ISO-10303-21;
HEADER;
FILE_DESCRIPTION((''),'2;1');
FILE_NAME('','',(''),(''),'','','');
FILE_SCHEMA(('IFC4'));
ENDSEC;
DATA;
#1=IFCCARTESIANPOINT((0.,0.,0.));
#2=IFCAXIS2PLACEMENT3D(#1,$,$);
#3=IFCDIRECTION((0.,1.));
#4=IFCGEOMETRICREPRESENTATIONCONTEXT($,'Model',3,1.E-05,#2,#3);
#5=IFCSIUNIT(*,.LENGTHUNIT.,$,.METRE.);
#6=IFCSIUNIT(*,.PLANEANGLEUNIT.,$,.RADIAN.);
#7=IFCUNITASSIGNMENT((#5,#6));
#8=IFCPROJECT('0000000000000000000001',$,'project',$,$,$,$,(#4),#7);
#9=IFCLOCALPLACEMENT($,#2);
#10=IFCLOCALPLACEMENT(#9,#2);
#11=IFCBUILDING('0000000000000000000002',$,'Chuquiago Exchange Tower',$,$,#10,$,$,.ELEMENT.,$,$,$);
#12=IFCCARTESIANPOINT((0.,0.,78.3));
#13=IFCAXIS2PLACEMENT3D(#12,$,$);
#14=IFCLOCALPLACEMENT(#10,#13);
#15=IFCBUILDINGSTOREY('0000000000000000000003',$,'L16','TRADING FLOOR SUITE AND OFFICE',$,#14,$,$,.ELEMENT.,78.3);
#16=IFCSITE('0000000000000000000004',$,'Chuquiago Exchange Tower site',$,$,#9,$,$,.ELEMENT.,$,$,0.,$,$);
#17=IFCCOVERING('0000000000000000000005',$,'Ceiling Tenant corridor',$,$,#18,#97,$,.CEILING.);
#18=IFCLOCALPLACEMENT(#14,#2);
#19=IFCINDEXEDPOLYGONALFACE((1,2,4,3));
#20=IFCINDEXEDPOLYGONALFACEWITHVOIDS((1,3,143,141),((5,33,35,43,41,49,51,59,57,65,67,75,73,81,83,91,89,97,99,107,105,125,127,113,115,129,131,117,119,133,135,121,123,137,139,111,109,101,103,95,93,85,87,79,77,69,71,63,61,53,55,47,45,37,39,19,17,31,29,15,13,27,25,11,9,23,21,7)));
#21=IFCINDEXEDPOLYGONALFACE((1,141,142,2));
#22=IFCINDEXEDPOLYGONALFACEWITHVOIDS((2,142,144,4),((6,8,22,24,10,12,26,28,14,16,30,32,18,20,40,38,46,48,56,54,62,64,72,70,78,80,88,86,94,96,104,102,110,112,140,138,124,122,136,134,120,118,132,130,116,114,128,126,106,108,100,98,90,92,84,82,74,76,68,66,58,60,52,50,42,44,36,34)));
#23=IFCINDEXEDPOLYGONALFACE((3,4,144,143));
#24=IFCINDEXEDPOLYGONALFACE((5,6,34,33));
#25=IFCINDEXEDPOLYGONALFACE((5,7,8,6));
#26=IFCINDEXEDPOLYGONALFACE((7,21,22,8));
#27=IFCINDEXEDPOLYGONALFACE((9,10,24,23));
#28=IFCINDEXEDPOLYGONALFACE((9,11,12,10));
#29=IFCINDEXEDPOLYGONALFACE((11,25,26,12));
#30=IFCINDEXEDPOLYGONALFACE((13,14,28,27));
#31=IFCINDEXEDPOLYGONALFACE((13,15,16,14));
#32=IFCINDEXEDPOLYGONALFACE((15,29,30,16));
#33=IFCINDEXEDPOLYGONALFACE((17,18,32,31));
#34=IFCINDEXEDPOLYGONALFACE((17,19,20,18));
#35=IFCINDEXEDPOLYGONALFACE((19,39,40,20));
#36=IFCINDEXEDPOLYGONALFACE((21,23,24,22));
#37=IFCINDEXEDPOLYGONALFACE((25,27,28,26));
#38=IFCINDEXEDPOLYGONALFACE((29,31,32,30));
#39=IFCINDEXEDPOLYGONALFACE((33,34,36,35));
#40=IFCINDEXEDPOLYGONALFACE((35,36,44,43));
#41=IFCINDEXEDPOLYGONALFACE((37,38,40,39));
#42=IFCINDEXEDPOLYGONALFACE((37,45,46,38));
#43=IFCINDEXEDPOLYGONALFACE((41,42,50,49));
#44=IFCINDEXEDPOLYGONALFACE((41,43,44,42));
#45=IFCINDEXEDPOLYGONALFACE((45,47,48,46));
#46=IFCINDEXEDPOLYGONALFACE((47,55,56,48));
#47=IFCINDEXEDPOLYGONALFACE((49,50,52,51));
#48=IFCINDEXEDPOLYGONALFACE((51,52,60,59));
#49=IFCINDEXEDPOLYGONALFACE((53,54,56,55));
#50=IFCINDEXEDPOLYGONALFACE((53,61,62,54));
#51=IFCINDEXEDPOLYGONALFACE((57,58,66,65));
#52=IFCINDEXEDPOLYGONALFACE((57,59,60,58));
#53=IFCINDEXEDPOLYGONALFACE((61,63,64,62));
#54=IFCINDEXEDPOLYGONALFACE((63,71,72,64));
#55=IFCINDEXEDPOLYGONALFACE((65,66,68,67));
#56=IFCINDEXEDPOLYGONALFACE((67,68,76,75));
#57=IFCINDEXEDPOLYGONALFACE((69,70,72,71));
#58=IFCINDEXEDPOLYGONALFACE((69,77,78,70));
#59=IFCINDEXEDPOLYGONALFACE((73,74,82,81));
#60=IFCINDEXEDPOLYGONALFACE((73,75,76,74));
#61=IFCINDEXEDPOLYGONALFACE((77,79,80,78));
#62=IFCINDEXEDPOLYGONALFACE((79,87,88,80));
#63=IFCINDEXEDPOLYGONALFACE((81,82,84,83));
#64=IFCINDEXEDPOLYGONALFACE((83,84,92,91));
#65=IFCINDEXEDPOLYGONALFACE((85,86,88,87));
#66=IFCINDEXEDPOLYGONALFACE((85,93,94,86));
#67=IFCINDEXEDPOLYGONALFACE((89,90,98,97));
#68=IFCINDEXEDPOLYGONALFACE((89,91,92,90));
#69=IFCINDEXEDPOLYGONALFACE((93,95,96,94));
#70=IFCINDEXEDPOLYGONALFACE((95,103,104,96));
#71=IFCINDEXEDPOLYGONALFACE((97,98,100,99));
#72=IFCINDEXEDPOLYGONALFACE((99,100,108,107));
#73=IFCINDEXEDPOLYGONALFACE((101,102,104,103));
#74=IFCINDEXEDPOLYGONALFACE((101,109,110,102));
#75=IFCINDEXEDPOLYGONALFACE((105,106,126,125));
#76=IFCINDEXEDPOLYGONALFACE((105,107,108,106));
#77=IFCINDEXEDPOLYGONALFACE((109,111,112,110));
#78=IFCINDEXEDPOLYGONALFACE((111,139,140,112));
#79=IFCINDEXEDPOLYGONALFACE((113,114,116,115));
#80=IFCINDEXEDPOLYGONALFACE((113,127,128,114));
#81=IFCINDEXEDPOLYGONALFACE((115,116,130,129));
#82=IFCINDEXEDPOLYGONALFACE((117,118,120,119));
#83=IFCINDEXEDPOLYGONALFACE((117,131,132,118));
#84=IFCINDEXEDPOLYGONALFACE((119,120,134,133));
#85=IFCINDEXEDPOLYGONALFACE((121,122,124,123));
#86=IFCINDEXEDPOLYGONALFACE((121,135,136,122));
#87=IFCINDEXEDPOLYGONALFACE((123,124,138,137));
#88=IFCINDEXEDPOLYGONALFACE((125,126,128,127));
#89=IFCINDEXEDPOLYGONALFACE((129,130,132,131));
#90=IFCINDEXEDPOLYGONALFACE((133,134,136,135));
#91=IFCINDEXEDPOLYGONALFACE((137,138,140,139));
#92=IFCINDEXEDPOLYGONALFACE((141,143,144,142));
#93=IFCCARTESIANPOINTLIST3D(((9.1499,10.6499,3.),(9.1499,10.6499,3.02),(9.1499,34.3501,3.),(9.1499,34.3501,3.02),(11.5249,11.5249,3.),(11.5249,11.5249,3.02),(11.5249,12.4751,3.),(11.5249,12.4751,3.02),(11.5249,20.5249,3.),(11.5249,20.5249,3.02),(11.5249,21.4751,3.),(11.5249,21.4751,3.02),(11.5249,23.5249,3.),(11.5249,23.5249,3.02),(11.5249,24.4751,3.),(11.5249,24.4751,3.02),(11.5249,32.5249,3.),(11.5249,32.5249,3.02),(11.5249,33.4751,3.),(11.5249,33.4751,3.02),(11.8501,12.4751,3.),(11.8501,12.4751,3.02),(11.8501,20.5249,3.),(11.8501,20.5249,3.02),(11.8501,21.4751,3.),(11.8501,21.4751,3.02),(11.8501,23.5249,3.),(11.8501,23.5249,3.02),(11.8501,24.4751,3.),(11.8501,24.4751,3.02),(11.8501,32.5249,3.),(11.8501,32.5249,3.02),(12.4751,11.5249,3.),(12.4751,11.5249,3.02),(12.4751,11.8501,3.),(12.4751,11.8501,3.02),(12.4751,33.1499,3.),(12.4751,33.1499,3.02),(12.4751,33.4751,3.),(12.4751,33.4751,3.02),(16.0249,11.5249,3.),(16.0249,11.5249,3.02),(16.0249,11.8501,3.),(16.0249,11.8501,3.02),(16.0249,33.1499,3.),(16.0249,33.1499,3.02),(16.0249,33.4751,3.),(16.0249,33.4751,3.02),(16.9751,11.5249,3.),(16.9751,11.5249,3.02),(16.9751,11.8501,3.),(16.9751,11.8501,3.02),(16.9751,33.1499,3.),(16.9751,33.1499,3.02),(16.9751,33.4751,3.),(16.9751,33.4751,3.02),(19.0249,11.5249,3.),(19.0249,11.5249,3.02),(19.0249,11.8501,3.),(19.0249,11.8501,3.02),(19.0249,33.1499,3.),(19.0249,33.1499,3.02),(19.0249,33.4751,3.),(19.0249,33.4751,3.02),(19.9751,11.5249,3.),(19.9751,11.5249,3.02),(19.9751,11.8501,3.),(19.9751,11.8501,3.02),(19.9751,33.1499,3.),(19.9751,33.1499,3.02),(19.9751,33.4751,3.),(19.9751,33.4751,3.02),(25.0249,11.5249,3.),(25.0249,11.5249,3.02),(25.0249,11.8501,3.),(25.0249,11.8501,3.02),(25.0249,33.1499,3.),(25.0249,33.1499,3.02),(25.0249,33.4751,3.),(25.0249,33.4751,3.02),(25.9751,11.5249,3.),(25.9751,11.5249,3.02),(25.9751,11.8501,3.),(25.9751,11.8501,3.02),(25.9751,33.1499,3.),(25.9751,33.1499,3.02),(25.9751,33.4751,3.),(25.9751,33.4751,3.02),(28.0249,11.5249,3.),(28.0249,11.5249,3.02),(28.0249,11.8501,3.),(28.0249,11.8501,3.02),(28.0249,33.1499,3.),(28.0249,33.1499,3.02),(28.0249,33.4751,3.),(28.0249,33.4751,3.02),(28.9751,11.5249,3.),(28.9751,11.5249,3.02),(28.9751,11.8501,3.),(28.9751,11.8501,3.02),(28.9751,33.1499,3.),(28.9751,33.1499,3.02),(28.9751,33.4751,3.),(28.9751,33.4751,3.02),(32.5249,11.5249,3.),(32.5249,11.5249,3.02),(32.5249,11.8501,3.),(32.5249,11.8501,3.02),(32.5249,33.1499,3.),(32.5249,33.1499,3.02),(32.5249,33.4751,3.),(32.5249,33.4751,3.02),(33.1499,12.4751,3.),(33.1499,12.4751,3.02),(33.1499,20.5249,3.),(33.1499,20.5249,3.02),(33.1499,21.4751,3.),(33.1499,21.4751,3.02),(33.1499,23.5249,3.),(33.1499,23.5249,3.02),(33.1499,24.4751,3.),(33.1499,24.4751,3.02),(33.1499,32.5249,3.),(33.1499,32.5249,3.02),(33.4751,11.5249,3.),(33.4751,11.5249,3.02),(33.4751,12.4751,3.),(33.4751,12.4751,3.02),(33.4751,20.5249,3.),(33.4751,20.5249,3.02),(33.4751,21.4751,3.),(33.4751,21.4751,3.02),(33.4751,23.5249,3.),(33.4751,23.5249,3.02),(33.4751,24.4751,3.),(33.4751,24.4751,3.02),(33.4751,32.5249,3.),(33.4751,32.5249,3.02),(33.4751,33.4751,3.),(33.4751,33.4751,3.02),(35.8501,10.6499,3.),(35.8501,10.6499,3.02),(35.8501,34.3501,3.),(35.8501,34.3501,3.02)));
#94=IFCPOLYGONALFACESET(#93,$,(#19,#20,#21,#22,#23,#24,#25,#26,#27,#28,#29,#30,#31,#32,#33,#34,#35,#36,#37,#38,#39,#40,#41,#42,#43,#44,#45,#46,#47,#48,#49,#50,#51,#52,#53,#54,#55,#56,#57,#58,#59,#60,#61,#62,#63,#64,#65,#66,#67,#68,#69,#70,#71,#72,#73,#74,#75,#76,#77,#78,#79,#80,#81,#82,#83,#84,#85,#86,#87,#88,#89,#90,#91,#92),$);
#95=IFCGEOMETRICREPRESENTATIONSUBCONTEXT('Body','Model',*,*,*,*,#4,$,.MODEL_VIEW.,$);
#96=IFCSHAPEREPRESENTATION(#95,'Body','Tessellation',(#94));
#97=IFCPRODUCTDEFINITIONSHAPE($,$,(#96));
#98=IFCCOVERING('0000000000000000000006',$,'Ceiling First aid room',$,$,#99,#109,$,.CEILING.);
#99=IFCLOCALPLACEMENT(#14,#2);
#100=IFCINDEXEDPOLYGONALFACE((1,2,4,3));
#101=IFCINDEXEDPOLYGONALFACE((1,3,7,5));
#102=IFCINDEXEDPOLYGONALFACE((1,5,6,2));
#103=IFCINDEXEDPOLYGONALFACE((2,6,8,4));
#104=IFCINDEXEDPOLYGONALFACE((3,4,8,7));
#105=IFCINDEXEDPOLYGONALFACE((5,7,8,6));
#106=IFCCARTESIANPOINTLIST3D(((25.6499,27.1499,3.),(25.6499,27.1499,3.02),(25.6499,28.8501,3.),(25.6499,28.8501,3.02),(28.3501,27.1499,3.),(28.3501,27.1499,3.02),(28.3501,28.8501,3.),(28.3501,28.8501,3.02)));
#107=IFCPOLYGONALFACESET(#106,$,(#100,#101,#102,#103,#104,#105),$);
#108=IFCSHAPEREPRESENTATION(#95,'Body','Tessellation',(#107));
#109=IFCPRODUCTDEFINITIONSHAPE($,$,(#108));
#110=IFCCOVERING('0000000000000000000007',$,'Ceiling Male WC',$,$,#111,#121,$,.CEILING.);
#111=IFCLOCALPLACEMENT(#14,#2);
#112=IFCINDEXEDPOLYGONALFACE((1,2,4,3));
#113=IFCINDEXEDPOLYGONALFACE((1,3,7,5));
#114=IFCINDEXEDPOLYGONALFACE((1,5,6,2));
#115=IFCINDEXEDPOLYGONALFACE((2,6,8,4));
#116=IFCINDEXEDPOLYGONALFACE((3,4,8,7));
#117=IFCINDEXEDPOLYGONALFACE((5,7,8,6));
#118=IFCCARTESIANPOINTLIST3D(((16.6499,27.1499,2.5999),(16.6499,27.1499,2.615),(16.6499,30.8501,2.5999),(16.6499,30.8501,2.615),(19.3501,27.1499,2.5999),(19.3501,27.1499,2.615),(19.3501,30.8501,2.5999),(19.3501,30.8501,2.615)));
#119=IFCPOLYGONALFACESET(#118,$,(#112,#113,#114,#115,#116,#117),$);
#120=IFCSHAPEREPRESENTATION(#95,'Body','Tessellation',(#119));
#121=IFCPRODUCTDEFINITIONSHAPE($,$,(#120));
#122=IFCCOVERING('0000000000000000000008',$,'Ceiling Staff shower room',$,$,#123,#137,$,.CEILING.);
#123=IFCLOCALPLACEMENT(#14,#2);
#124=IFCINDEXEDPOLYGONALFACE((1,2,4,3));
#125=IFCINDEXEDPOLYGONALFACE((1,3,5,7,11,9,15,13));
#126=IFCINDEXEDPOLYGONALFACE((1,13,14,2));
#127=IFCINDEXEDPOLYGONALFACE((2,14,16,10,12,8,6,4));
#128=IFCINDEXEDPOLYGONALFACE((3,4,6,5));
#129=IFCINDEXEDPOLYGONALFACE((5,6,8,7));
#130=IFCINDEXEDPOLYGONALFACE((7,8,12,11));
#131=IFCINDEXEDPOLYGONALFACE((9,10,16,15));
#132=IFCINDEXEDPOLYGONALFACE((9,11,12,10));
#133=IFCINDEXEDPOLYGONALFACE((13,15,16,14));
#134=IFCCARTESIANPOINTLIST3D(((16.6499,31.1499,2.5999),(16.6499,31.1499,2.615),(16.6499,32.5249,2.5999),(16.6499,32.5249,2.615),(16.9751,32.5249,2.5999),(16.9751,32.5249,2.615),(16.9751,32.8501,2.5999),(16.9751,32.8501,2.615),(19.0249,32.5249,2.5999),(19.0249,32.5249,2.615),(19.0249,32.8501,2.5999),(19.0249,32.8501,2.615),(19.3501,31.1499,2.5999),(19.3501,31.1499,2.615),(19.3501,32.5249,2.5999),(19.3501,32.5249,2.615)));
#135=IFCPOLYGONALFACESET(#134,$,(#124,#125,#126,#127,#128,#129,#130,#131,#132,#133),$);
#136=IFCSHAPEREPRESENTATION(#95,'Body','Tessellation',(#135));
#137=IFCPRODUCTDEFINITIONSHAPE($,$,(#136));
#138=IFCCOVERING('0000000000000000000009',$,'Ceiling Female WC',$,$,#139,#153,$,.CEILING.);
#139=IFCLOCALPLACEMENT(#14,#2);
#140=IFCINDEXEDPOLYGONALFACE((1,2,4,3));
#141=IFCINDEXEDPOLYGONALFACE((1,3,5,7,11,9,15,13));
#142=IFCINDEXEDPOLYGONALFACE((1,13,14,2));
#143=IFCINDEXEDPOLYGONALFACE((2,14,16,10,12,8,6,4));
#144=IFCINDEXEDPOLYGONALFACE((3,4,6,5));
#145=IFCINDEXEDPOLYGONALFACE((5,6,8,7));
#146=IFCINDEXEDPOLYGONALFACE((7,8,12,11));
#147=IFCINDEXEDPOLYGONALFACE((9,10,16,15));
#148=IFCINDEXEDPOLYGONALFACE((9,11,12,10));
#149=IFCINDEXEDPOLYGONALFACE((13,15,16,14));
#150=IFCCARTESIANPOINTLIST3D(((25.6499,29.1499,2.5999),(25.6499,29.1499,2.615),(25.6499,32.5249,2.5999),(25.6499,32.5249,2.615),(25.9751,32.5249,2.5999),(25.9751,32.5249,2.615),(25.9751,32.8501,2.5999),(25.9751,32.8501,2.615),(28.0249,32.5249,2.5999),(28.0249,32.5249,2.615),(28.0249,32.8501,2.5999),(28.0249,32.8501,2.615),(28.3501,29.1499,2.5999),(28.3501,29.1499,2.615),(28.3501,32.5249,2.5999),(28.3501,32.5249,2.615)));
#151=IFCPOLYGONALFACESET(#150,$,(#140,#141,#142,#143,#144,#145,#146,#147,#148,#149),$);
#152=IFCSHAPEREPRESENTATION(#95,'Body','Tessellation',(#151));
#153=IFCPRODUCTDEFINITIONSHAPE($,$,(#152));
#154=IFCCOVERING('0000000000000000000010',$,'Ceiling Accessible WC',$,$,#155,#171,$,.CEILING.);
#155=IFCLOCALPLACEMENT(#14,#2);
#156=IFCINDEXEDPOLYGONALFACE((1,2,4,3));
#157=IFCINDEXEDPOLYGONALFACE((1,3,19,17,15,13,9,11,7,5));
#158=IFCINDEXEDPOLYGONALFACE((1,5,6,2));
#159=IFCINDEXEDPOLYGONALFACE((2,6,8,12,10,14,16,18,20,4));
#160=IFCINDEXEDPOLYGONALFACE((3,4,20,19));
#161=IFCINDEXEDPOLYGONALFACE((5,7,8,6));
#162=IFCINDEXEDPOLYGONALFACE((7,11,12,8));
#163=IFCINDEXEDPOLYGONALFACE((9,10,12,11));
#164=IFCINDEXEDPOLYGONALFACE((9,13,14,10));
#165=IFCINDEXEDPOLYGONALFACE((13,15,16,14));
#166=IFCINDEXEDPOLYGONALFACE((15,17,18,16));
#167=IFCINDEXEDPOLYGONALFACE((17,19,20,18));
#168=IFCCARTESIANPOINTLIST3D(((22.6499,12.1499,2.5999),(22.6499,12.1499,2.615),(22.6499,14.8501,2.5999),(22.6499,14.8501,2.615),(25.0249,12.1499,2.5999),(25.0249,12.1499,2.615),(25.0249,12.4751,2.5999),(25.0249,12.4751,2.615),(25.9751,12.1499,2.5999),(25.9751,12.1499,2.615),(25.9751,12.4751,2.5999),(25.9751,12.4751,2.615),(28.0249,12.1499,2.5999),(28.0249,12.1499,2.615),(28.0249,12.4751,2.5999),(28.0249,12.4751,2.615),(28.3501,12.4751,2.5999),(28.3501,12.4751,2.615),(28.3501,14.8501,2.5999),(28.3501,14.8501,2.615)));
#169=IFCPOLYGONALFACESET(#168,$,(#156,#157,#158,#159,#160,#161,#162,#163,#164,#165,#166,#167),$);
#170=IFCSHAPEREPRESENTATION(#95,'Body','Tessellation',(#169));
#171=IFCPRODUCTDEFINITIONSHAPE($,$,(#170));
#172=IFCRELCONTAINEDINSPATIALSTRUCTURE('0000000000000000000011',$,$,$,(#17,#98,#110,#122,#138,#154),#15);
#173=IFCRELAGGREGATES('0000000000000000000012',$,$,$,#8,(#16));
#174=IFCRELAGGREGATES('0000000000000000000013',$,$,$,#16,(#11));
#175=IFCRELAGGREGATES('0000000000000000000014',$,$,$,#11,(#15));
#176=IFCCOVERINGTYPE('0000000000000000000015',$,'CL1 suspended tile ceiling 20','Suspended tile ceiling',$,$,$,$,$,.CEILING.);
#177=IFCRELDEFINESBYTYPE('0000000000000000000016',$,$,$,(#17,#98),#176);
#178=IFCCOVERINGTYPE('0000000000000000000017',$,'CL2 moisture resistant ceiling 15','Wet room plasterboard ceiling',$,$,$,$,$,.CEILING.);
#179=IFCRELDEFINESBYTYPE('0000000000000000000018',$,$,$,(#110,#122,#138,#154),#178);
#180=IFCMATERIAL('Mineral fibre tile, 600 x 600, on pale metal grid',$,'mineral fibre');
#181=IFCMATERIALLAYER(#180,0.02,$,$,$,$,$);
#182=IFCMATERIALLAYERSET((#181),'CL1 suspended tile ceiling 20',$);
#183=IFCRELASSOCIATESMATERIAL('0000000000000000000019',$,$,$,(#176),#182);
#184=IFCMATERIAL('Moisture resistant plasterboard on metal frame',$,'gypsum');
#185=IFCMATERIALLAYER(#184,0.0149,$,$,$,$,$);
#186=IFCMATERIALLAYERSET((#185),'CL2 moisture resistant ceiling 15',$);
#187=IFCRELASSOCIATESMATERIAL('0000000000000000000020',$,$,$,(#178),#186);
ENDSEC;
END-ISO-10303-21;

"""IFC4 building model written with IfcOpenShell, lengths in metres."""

from ifc_helpers import new_model, si_unit, direction, frame, origin, place, context, subcontext, project, spatial, polyline, outline, extrude, material, layer, layer_set, type_object, element, save


model = new_model("IFC4")

# Units and contexts
model_context = context("Model", 3, precision=1e-05, world=origin(), true_north=direction((0.0, 1.0)))
body_context = subcontext(model_context, "Body", "Model", "MODEL_VIEW")
ifc_project = project(units=[si_unit("LENGTHUNIT", "METRE"), si_unit("PLANEANGLEUNIT", "RADIAN")], contexts=[model_context])

# Site, building, storey
site_placement = place(None, origin())
site = spatial("IfcSite", under=ifc_project, at=site_placement, Name="Chuquiago Exchange Tower site", CompositionType="ELEMENT", RefElevation=0.0)
building_placement = place(site_placement, origin())
building = spatial("IfcBuilding", under=site, at=building_placement, Name="Chuquiago Exchange Tower", CompositionType="ELEMENT")
storey_placement = place(building_placement, frame((0.0, 0.0, 78.3)))
storey = spatial("IfcBuildingStorey", under=building, at=storey_placement, Name="L16", Description="TRADING FLOOR SUITE AND OFFICE", CompositionType="ELEMENT", Elevation=78.3)

# Coverings
ifc_material_1 = material(Name="Mineral fibre tile, 600 x 600, on pale metal grid", Category="mineral fibre")
ifc_layer_1 = layer(ifc_material_1, 0.02)
ifc_layer_set_1 = layer_set([ifc_layer_1], Name="CL1 suspended tile ceiling 20")
covering_type_1 = type_object("IfcCoveringType", Name="CL1 suspended tile ceiling 20", Description="Suspended tile ceiling", PredefinedType="CEILING", material=ifc_layer_set_1)
covering_1_placement = place(storey_placement, frame((0.0, 0.0, 3.0)))
element("IfcCovering", 1, at=covering_1_placement, inside=storey, type_object=covering_type_1, Name="Ceiling Tenant corridor", PredefinedType="CEILING", context=body_context, shape_type="SweptSolid", body=[
    extrude(outline(polyline([(9.1499, 34.3501), (35.8501, 34.3501), (35.8501, 10.6499), (9.1499, 10.6499), (9.1499, 34.3501)]), holes=[polyline([(11.8501, 24.4751), (11.5249, 24.4751), (11.5249, 23.5249), (11.8501, 23.5249), (11.8501, 21.4751), (11.5249, 21.4751), (11.5249, 20.5249), (11.8501, 20.5249), (11.8501, 12.4751), (11.5249, 12.4751), (11.5249, 11.5249), (12.4751, 11.5249), (12.4751, 11.8501), (16.0249, 11.8501), (16.0249, 11.5249), (16.9751, 11.5249), (16.9751, 11.8501), (19.0249, 11.8501), (19.0249, 11.5249), (19.9751, 11.5249), (19.9751, 11.8501), (25.0249, 11.8501), (25.0249, 11.5249), (25.9751, 11.5249), (25.9751, 11.8501), (28.0249, 11.8501), (28.0249, 11.5249), (28.9751, 11.5249), (28.9751, 11.8501), (32.5249, 11.8501), (32.5249, 11.5249), (33.4751, 11.5249), (33.4751, 12.4751), (33.1499, 12.4751), (33.1499, 20.5249), (33.4751, 20.5249), (33.4751, 21.4751), (33.1499, 21.4751), (33.1499, 23.5249), (33.4751, 23.5249), (33.4751, 24.4751), (33.1499, 24.4751), (33.1499, 32.5249), (33.4751, 32.5249), (33.4751, 33.4751), (32.5249, 33.4751), (32.5249, 33.1499), (28.9751, 33.1499), (28.9751, 33.4751), (28.0249, 33.4751), (28.0249, 33.1499), (25.9751, 33.1499), (25.9751, 33.4751), (25.0249, 33.4751), (25.0249, 33.1499), (19.9751, 33.1499), (19.9751, 33.4751), (19.0249, 33.4751), (19.0249, 33.1499), (16.9751, 33.1499), (16.9751, 33.4751), (16.0249, 33.4751), (16.0249, 33.1499), (12.4751, 33.1499), (12.4751, 33.4751), (11.5249, 33.4751), (11.5249, 32.5249), (11.8501, 32.5249), (11.8501, 24.4751)])]), origin(), (0.0, 0.0, 1.0), 0.02),
])
covering_2_placement = place(storey_placement, frame((0.0, 0.0, 3.0)))
element("IfcCovering", 2, at=covering_2_placement, inside=storey, type_object=covering_type_1, Name="Ceiling First aid room", PredefinedType="CEILING", context=body_context, shape_type="SweptSolid", body=[
    extrude(outline(polyline([(25.6499, 27.1499), (25.6499, 28.8501), (28.3501, 28.8501), (28.3501, 27.1499), (25.6499, 27.1499)])), origin(), (0.0, 0.0, 1.0), 0.02),
])
ifc_material_2 = material(Name="Moisture resistant plasterboard on metal frame", Category="gypsum")
ifc_layer_2 = layer(ifc_material_2, 0.0149)
ifc_layer_set_2 = layer_set([ifc_layer_2], Name="CL2 moisture resistant ceiling 15")
covering_type_2 = type_object("IfcCoveringType", Name="CL2 moisture resistant ceiling 15", Description="Wet room plasterboard ceiling", PredefinedType="CEILING", material=ifc_layer_set_2)
covering_3_placement = place(storey_placement, frame((0.0, 0.0, 2.5999)))
element("IfcCovering", 3, at=covering_3_placement, inside=storey, type_object=covering_type_2, Name="Ceiling Male WC", PredefinedType="CEILING", context=body_context, shape_type="SweptSolid", body=[
    extrude(outline(polyline([(16.6499, 27.1499), (16.6499, 30.8501), (19.3501, 30.8501), (19.3501, 27.1499), (16.6499, 27.1499)])), origin(), (0.0, 0.0, 1.0), 0.0151),
])
covering_4_placement = place(storey_placement, frame((0.0, 0.0, 2.5999)))
element("IfcCovering", 4, at=covering_4_placement, inside=storey, type_object=covering_type_2, Name="Ceiling Staff shower room", PredefinedType="CEILING", context=body_context, shape_type="SweptSolid", body=[
    extrude(outline(polyline([(16.6499, 31.1499), (16.6499, 32.5249), (16.9751, 32.5249), (16.9751, 32.8501), (19.0249, 32.8501), (19.0249, 32.5249), (19.3501, 32.5249), (19.3501, 31.1499), (16.6499, 31.1499)])), origin(), (0.0, 0.0, 1.0), 0.0151),
])
covering_5_placement = place(storey_placement, frame((0.0, 0.0, 2.5999)))
element("IfcCovering", 5, at=covering_5_placement, inside=storey, type_object=covering_type_2, Name="Ceiling Female WC", PredefinedType="CEILING", context=body_context, shape_type="SweptSolid", body=[
    extrude(outline(polyline([(25.6499, 29.1499), (25.6499, 32.5249), (25.9751, 32.5249), (25.9751, 32.8501), (28.0249, 32.8501), (28.0249, 32.5249), (28.3501, 32.5249), (28.3501, 29.1499), (25.6499, 29.1499)])), origin(), (0.0, 0.0, 1.0), 0.0151),
])
covering_6_placement = place(storey_placement, frame((0.0, 0.0, 2.5999)))
element("IfcCovering", 6, at=covering_6_placement, inside=storey, type_object=covering_type_2, Name="Ceiling Accessible WC", PredefinedType="CEILING", context=body_context, shape_type="SweptSolid", body=[
    extrude(outline(polyline([(25.9751, 12.1499), (25.9751, 12.4751), (25.0249, 12.4751), (25.0249, 12.1499), (22.6499, 12.1499), (22.6499, 14.8501), (28.3501, 14.8501), (28.3501, 12.4751), (28.0249, 12.4751), (28.0249, 12.1499), (25.9751, 12.1499)])), origin(), (0.0, 0.0, 1.0), 0.0151),
])

save(model, "model.ifc")
